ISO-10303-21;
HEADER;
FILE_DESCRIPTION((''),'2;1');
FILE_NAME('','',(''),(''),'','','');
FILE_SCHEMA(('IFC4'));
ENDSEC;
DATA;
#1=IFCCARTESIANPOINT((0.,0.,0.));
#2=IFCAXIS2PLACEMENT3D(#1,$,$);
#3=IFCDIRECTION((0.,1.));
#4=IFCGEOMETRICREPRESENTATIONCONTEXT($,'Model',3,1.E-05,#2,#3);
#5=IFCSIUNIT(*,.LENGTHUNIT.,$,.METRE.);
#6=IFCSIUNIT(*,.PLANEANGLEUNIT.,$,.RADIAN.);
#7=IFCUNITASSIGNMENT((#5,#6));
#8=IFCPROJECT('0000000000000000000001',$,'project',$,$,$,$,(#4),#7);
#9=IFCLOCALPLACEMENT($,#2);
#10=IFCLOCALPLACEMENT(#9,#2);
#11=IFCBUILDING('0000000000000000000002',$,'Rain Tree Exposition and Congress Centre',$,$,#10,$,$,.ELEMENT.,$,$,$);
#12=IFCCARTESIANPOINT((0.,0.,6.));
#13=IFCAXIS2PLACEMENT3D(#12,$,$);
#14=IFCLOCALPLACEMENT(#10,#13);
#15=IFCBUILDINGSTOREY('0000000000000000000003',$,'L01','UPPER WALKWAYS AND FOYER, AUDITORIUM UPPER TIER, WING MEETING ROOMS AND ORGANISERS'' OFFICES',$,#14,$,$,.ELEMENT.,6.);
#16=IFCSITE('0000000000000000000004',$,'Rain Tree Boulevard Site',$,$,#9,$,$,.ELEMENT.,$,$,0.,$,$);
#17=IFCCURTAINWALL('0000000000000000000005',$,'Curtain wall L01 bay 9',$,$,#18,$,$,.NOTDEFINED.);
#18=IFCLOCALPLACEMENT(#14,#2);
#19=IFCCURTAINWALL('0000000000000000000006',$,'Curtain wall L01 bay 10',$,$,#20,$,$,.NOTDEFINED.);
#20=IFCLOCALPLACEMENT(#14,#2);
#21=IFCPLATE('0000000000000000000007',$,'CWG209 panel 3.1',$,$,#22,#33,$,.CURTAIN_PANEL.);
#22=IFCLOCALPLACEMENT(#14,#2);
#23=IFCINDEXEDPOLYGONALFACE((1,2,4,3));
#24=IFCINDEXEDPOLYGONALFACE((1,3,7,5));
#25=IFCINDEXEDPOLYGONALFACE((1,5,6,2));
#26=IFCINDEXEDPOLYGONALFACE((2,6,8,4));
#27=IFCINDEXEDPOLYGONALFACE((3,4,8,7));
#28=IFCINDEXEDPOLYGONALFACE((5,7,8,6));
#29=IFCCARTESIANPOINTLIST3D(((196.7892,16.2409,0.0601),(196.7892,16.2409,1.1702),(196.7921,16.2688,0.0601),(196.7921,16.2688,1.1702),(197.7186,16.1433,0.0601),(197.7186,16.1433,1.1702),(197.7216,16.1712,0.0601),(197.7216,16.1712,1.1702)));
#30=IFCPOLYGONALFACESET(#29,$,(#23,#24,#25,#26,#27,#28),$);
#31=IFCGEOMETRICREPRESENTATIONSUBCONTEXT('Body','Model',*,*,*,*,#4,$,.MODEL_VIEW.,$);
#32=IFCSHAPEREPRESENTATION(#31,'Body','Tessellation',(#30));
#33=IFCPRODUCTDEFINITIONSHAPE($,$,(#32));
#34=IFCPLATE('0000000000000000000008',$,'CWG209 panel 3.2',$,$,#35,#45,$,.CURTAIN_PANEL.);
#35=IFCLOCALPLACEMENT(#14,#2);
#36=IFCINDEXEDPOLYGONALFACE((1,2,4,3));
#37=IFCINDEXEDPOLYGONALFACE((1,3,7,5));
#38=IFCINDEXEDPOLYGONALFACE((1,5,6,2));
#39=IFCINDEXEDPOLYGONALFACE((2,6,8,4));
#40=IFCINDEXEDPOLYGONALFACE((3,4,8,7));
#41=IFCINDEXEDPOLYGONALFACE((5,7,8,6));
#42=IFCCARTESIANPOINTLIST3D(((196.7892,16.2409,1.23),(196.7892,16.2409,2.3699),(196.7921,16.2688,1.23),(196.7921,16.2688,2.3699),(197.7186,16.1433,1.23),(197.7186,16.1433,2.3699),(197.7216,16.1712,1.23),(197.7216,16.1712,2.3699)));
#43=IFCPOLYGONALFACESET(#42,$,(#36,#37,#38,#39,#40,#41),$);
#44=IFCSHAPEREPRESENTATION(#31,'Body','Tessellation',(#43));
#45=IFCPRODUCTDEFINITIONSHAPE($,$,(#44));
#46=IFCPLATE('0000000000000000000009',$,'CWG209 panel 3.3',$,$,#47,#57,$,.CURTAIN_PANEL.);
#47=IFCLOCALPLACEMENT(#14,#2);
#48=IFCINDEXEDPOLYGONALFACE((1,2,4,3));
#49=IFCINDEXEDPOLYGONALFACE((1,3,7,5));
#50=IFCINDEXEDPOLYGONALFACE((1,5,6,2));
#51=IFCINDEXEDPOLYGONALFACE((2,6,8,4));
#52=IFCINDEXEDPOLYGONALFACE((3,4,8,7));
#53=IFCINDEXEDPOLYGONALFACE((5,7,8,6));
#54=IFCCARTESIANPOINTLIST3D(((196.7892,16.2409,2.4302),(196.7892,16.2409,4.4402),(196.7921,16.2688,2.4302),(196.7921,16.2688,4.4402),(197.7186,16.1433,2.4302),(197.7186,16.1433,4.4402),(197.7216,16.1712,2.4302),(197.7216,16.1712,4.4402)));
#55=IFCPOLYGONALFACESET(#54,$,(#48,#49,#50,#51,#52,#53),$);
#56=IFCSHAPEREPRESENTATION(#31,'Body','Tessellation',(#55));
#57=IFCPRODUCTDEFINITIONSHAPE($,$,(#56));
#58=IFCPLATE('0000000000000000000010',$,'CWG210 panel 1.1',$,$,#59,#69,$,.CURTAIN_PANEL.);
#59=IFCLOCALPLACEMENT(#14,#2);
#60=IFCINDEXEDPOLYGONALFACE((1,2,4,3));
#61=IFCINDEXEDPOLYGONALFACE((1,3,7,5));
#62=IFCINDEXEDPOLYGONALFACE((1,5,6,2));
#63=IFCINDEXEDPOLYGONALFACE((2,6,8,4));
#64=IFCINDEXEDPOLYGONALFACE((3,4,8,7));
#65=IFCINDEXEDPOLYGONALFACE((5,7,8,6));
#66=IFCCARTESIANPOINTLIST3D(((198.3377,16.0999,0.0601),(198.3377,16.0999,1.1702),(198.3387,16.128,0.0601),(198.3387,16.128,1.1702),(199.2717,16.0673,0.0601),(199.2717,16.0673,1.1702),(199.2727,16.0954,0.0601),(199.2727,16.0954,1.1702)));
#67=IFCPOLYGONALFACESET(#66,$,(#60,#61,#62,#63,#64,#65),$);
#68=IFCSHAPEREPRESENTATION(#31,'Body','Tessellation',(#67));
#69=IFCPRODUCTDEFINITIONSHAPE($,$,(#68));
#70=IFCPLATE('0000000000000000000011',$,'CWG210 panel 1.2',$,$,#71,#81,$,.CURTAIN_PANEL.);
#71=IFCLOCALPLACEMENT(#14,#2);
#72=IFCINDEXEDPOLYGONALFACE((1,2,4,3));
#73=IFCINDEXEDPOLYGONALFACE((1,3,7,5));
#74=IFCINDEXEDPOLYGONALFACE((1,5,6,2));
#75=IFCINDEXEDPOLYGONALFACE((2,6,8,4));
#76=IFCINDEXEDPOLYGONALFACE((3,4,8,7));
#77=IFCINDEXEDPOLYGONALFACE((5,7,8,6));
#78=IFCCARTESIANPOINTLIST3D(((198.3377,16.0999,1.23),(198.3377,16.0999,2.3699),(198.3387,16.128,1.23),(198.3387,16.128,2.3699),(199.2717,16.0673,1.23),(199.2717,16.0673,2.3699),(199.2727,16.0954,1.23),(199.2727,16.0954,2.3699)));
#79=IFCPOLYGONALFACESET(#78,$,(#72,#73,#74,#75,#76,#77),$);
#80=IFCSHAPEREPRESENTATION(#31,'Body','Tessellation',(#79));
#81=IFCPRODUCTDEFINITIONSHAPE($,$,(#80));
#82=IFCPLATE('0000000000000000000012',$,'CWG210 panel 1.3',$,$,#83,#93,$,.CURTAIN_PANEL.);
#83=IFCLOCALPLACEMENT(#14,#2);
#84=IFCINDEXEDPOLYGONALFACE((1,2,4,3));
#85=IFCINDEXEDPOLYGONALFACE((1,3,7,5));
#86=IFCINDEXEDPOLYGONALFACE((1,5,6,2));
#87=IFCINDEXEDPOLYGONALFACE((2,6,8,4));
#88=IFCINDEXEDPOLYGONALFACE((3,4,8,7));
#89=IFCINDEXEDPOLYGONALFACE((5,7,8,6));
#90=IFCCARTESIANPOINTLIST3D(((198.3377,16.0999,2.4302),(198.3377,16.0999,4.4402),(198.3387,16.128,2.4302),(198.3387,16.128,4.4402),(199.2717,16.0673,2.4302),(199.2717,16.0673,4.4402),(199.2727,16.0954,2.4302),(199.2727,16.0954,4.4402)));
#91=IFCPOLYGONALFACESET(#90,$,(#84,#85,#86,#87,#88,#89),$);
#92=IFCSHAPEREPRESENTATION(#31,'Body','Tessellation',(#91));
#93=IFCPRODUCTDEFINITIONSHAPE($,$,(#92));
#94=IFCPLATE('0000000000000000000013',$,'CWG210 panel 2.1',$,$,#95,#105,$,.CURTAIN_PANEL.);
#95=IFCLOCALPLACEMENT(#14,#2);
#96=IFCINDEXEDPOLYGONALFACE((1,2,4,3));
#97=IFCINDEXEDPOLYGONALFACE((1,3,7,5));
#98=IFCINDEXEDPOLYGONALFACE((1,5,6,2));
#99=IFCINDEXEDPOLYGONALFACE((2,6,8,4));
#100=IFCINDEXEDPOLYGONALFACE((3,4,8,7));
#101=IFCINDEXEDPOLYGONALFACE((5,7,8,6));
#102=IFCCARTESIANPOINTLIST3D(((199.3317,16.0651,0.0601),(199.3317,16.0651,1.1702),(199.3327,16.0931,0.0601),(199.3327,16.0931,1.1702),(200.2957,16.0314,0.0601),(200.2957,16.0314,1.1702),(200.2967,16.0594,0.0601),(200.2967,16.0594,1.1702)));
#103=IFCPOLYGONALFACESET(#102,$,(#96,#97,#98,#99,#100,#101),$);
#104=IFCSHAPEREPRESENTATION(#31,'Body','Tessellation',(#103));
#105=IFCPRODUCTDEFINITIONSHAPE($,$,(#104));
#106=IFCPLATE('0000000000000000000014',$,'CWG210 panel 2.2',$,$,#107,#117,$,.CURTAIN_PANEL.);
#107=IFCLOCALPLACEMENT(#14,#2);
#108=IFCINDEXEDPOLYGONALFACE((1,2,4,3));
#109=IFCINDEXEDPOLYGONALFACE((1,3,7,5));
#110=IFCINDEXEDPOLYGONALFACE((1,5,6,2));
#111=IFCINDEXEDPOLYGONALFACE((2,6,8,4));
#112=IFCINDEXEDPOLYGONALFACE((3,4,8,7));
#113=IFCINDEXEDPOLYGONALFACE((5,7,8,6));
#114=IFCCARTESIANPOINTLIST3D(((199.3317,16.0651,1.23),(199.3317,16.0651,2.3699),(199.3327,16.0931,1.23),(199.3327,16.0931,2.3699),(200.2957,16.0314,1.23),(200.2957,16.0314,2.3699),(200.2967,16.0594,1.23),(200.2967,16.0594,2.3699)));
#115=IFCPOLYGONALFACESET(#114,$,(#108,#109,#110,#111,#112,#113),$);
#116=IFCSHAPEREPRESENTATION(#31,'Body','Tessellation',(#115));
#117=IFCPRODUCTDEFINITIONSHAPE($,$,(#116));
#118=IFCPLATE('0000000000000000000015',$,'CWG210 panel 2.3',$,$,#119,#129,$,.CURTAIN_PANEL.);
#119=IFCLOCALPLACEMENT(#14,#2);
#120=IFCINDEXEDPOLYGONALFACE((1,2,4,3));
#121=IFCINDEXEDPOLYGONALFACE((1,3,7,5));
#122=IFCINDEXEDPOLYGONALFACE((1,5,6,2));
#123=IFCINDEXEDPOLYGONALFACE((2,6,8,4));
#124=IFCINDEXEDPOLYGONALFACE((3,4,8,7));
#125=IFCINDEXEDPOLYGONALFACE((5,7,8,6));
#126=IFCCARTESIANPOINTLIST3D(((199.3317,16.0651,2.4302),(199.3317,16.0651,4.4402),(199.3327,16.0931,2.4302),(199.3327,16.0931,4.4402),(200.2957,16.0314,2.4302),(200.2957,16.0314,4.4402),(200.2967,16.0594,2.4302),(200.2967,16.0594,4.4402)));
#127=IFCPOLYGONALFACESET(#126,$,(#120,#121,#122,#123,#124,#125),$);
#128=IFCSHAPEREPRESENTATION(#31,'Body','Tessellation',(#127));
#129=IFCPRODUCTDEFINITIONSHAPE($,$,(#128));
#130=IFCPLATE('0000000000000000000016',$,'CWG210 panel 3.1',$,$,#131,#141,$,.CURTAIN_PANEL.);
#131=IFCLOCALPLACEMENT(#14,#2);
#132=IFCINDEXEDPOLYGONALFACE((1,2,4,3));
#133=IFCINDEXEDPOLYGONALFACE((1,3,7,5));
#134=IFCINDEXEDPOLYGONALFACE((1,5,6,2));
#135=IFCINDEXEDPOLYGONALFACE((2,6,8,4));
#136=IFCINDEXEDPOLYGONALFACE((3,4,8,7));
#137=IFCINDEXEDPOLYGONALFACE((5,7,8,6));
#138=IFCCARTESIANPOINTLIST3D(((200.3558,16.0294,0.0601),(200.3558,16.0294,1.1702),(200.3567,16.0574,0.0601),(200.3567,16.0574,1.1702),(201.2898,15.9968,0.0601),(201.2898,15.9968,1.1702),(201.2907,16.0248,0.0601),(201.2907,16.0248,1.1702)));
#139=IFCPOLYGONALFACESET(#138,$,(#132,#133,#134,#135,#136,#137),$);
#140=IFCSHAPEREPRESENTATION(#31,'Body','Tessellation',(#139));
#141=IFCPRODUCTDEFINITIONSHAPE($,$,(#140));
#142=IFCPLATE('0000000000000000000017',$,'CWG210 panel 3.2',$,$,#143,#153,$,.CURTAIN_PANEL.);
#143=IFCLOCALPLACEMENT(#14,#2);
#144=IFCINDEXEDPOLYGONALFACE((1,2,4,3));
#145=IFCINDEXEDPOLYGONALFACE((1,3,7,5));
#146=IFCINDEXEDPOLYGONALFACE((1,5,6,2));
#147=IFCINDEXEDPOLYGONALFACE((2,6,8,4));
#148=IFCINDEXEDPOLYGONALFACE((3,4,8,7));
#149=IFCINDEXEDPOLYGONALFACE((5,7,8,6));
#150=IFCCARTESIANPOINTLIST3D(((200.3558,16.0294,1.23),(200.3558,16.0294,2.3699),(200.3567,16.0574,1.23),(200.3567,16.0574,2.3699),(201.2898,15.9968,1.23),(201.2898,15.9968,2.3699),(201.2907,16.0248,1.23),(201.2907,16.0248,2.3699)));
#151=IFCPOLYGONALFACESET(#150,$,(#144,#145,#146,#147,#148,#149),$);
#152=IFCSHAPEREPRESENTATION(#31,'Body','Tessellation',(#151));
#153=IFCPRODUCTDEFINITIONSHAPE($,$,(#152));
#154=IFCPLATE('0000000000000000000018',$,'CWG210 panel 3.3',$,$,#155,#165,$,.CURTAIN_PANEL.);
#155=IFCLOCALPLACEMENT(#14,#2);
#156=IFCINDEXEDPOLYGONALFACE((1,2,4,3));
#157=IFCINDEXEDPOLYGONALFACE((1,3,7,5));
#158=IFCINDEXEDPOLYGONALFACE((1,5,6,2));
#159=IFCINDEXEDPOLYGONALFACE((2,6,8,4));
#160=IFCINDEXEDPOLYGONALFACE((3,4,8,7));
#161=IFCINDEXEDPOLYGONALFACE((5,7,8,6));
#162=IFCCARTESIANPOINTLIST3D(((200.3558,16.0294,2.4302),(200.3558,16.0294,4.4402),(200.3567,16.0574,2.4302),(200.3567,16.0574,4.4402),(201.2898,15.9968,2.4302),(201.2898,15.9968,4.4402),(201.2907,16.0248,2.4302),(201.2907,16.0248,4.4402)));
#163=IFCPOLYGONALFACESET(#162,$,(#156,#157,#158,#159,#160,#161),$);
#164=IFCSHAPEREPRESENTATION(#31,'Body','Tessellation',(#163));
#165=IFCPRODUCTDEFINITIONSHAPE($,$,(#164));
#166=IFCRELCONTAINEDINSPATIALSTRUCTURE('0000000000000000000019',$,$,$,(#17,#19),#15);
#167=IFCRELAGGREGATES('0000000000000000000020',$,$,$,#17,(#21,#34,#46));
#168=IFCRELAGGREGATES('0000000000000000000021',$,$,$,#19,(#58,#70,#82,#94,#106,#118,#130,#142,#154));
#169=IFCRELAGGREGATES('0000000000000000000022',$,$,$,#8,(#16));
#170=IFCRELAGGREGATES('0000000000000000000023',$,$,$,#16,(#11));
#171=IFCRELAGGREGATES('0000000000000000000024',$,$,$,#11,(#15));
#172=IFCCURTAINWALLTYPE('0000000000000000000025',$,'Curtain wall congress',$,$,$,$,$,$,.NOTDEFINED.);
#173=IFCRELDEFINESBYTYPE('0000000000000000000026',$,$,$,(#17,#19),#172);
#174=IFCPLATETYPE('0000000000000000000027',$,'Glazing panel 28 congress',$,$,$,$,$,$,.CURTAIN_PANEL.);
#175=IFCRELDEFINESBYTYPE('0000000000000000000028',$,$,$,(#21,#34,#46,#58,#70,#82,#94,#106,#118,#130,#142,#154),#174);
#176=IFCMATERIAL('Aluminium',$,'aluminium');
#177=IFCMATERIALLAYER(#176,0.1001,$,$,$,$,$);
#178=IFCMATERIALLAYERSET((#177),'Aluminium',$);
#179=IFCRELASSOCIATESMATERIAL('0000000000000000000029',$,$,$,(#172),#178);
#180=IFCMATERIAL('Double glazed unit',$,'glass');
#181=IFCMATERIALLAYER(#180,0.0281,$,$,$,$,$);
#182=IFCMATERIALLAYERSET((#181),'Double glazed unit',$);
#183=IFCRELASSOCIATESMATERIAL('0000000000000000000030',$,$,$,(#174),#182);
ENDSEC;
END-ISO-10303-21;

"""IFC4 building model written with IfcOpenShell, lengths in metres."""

from ifc_helpers import new_model, si_unit, direction, frame, origin, origin_2d, place, context, subcontext, project, spatial, rectangle, extrude, material, layer, layer_set, type_object, element, aggregate, save


model = new_model("IFC4")

# Units and contexts
model_context = context("Model", 3, precision=1e-05, world=origin(), true_north=direction((0.0, 1.0)))
body_context = subcontext(model_context, "Body", "Model", "MODEL_VIEW")
ifc_project = project(units=[si_unit("LENGTHUNIT", "METRE"), si_unit("PLANEANGLEUNIT", "RADIAN")], contexts=[model_context])

# Site, building, storey
site_placement = place(None, origin())
site = spatial("IfcSite", under=ifc_project, at=site_placement, Name="Rain Tree Boulevard Site", CompositionType="ELEMENT", RefElevation=0.0)
building_placement = place(site_placement, origin())
building = spatial("IfcBuilding", under=site, at=building_placement, Name="Rain Tree Exposition and Congress Centre", CompositionType="ELEMENT")
storey_placement = place(building_placement, frame((0.0, 0.0, 6.0)))
storey = spatial("IfcBuildingStorey", under=building, at=storey_placement, Name="L01", Description="UPPER WALKWAYS AND FOYER, AUDITORIUM UPPER TIER, WING MEETING ROOMS AND ORGANISERS' OFFICES", CompositionType="ELEMENT", Elevation=6.0)

# Curtain walls
ifc_material_1 = material(Name="Aluminium", Category="aluminium")
ifc_layer_1 = layer(ifc_material_1, 0.1001)
ifc_layer_set_1 = layer_set([ifc_layer_1], Name="Aluminium")
curtain_wall_type = type_object("IfcCurtainWallType", Name="Curtain wall congress", PredefinedType="NOTDEFINED", material=ifc_layer_set_1)
curtain_wall_1_placement = place(storey_placement, origin())
curtain_wall_1 = element("IfcCurtainWall", 1, at=curtain_wall_1_placement, inside=storey, type_object=curtain_wall_type, Name="Curtain wall L01 bay 9", PredefinedType="NOTDEFINED")
curtain_wall_2_placement = place(storey_placement, origin())
curtain_wall_2 = element("IfcCurtainWall", 2, at=curtain_wall_2_placement, inside=storey, type_object=curtain_wall_type, Name="Curtain wall L01 bay 10", PredefinedType="NOTDEFINED")

# Plates
ifc_material_2 = material(Name="Double glazed unit", Category="glass")
ifc_layer_2 = layer(ifc_material_2, 0.0281)
ifc_layer_set_2 = layer_set([ifc_layer_2], Name="Double glazed unit")
plate_type = type_object("IfcPlateType", Name="Glazing panel 28 congress", PredefinedType="CURTAIN_PANEL", material=ifc_layer_set_2)
plate_1_placement = place(storey_placement, frame((197.2554, 16.2061, 0.0601), z_axis=(0.0, 0.0, 1.0), x_axis=(0.994525, -0.104502, 0.0)))
plate_1 = element("IfcPlate", 3, at=plate_1_placement, type_object=plate_type, Name="CWG209 panel 3.1", PredefinedType="CURTAIN_PANEL", context=body_context, shape_type="SweptSolid", body=[
    extrude(rectangle(XDim=0.9346, YDim=0.0281, at=origin_2d()), origin(), (0.0, 0.0, 1.0), 1.1101),
])
plate_2_placement = place(storey_placement, frame((197.2554, 16.2061, 1.23), z_axis=(0.0, 0.0, 1.0), x_axis=(0.994525, -0.104502, 0.0)))
plate_2 = element("IfcPlate", 4, at=plate_2_placement, type_object=plate_type, Name="CWG209 panel 3.2", PredefinedType="CURTAIN_PANEL", context=body_context, shape_type="SweptSolid", body=[
    extrude(rectangle(XDim=0.9346, YDim=0.0281, at=origin_2d()), origin(), (0.0, 0.0, 1.0), 1.1399),
])
plate_3_placement = place(storey_placement, frame((197.2554, 16.2061, 2.4302), z_axis=(0.0, 0.0, 1.0), x_axis=(0.994525, -0.104502, 0.0)))
plate_3 = element("IfcPlate", 5, at=plate_3_placement, type_object=plate_type, Name="CWG209 panel 3.3", PredefinedType="CURTAIN_PANEL", context=body_context, shape_type="SweptSolid", body=[
    extrude(rectangle(XDim=0.9346, YDim=0.0281, at=origin_2d()), origin(), (0.0, 0.0, 1.0), 2.01),
])
aggregate(curtain_wall_1, [plate_1, plate_2, plate_3])
plate_4_placement = place(storey_placement, frame((198.8052, 16.0977, 0.0601), z_axis=(0.0, 0.0, 1.0), x_axis=(0.999391, -0.034908, 0.0)))
plate_4 = element("IfcPlate", 6, at=plate_4_placement, type_object=plate_type, Name="CWG210 panel 1.1", PredefinedType="CURTAIN_PANEL", context=body_context, shape_type="SweptSolid", body=[
    extrude(rectangle(XDim=0.9346, YDim=0.0281, at=origin_2d()), origin(), (0.0, 0.0, 1.0), 1.1101),
])
plate_5_placement = place(storey_placement, frame((198.8052, 16.0977, 1.23), z_axis=(0.0, 0.0, 1.0), x_axis=(0.999391, -0.034908, 0.0)))
plate_5 = element("IfcPlate", 7, at=plate_5_placement, type_object=plate_type, Name="CWG210 panel 1.2", PredefinedType="CURTAIN_PANEL", context=body_context, shape_type="SweptSolid", body=[
    extrude(rectangle(XDim=0.9346, YDim=0.0281, at=origin_2d()), origin(), (0.0, 0.0, 1.0), 1.1399),
])
plate_6_placement = place(storey_placement, frame((198.8052, 16.0977, 2.4302), z_axis=(0.0, 0.0, 1.0), x_axis=(0.999391, -0.034908, 0.0)))
plate_6 = element("IfcPlate", 8, at=plate_6_placement, type_object=plate_type, Name="CWG210 panel 1.3", PredefinedType="CURTAIN_PANEL", context=body_context, shape_type="SweptSolid", body=[
    extrude(rectangle(XDim=0.9346, YDim=0.0281, at=origin_2d()), origin(), (0.0, 0.0, 1.0), 2.01),
])
plate_7_placement = place(storey_placement, frame((199.8142, 16.0623, 0.0601), z_axis=(0.0, 0.0, 1.0), x_axis=(0.999391, -0.034908, 0.0)))
plate_7 = element("IfcPlate", 9, at=plate_7_placement, type_object=plate_type, Name="CWG210 panel 2.1", PredefinedType="CURTAIN_PANEL", context=body_context, shape_type="SweptSolid", body=[
    extrude(rectangle(XDim=0.9646, YDim=0.0281, at=origin_2d()), origin(), (0.0, 0.0, 1.0), 1.1101),
])
plate_8_placement = place(storey_placement, frame((199.8142, 16.0623, 1.23), z_axis=(0.0, 0.0, 1.0), x_axis=(0.999391, -0.034908, 0.0)))
plate_8 = element("IfcPlate", 10, at=plate_8_placement, type_object=plate_type, Name="CWG210 panel 2.2", PredefinedType="CURTAIN_PANEL", context=body_context, shape_type="SweptSolid", body=[
    extrude(rectangle(XDim=0.9646, YDim=0.0281, at=origin_2d()), origin(), (0.0, 0.0, 1.0), 1.1399),
])
plate_9_placement = place(storey_placement, frame((199.8142, 16.0623, 2.4302), z_axis=(0.0, 0.0, 1.0), x_axis=(0.999391, -0.034908, 0.0)))
plate_9 = element("IfcPlate", 11, at=plate_9_placement, type_object=plate_type, Name="CWG210 panel 2.3", PredefinedType="CURTAIN_PANEL", context=body_context, shape_type="SweptSolid", body=[
    extrude(rectangle(XDim=0.9646, YDim=0.0281, at=origin_2d()), origin(), (0.0, 0.0, 1.0), 2.01),
])
plate_10_placement = place(storey_placement, frame((200.8232, 16.0271, 0.0601), z_axis=(0.0, 0.0, 1.0), x_axis=(0.999391, -0.034908, 0.0)))
plate_10 = element("IfcPlate", 12, at=plate_10_placement, type_object=plate_type, Name="CWG210 panel 3.1", PredefinedType="CURTAIN_PANEL", context=body_context, shape_type="SweptSolid", body=[
    extrude(rectangle(XDim=0.9346, YDim=0.0281, at=origin_2d()), origin(), (0.0, 0.0, 1.0), 1.1101),
])
plate_11_placement = place(storey_placement, frame((200.8232, 16.0271, 1.23), z_axis=(0.0, 0.0, 1.0), x_axis=(0.999391, -0.034908, 0.0)))
plate_11 = element("IfcPlate", 13, at=plate_11_placement, type_object=plate_type, Name="CWG210 panel 3.2", PredefinedType="CURTAIN_PANEL", context=body_context, shape_type="SweptSolid", body=[
    extrude(rectangle(XDim=0.9346, YDim=0.0281, at=origin_2d()), origin(), (0.0, 0.0, 1.0), 1.1399),
])
plate_12_placement = place(storey_placement, frame((200.8232, 16.0271, 2.4302), z_axis=(0.0, 0.0, 1.0), x_axis=(0.999391, -0.034908, 0.0)))
plate_12 = element("IfcPlate", 14, at=plate_12_placement, type_object=plate_type, Name="CWG210 panel 3.3", PredefinedType="CURTAIN_PANEL", context=body_context, shape_type="SweptSolid", body=[
    extrude(rectangle(XDim=0.9346, YDim=0.0281, at=origin_2d()), origin(), (0.0, 0.0, 1.0), 2.01),
])
aggregate(curtain_wall_2, [plate_4, plate_5, plate_6, plate_7, plate_8, plate_9, plate_10, plate_11, plate_12])

save(model, "model.ifc")
